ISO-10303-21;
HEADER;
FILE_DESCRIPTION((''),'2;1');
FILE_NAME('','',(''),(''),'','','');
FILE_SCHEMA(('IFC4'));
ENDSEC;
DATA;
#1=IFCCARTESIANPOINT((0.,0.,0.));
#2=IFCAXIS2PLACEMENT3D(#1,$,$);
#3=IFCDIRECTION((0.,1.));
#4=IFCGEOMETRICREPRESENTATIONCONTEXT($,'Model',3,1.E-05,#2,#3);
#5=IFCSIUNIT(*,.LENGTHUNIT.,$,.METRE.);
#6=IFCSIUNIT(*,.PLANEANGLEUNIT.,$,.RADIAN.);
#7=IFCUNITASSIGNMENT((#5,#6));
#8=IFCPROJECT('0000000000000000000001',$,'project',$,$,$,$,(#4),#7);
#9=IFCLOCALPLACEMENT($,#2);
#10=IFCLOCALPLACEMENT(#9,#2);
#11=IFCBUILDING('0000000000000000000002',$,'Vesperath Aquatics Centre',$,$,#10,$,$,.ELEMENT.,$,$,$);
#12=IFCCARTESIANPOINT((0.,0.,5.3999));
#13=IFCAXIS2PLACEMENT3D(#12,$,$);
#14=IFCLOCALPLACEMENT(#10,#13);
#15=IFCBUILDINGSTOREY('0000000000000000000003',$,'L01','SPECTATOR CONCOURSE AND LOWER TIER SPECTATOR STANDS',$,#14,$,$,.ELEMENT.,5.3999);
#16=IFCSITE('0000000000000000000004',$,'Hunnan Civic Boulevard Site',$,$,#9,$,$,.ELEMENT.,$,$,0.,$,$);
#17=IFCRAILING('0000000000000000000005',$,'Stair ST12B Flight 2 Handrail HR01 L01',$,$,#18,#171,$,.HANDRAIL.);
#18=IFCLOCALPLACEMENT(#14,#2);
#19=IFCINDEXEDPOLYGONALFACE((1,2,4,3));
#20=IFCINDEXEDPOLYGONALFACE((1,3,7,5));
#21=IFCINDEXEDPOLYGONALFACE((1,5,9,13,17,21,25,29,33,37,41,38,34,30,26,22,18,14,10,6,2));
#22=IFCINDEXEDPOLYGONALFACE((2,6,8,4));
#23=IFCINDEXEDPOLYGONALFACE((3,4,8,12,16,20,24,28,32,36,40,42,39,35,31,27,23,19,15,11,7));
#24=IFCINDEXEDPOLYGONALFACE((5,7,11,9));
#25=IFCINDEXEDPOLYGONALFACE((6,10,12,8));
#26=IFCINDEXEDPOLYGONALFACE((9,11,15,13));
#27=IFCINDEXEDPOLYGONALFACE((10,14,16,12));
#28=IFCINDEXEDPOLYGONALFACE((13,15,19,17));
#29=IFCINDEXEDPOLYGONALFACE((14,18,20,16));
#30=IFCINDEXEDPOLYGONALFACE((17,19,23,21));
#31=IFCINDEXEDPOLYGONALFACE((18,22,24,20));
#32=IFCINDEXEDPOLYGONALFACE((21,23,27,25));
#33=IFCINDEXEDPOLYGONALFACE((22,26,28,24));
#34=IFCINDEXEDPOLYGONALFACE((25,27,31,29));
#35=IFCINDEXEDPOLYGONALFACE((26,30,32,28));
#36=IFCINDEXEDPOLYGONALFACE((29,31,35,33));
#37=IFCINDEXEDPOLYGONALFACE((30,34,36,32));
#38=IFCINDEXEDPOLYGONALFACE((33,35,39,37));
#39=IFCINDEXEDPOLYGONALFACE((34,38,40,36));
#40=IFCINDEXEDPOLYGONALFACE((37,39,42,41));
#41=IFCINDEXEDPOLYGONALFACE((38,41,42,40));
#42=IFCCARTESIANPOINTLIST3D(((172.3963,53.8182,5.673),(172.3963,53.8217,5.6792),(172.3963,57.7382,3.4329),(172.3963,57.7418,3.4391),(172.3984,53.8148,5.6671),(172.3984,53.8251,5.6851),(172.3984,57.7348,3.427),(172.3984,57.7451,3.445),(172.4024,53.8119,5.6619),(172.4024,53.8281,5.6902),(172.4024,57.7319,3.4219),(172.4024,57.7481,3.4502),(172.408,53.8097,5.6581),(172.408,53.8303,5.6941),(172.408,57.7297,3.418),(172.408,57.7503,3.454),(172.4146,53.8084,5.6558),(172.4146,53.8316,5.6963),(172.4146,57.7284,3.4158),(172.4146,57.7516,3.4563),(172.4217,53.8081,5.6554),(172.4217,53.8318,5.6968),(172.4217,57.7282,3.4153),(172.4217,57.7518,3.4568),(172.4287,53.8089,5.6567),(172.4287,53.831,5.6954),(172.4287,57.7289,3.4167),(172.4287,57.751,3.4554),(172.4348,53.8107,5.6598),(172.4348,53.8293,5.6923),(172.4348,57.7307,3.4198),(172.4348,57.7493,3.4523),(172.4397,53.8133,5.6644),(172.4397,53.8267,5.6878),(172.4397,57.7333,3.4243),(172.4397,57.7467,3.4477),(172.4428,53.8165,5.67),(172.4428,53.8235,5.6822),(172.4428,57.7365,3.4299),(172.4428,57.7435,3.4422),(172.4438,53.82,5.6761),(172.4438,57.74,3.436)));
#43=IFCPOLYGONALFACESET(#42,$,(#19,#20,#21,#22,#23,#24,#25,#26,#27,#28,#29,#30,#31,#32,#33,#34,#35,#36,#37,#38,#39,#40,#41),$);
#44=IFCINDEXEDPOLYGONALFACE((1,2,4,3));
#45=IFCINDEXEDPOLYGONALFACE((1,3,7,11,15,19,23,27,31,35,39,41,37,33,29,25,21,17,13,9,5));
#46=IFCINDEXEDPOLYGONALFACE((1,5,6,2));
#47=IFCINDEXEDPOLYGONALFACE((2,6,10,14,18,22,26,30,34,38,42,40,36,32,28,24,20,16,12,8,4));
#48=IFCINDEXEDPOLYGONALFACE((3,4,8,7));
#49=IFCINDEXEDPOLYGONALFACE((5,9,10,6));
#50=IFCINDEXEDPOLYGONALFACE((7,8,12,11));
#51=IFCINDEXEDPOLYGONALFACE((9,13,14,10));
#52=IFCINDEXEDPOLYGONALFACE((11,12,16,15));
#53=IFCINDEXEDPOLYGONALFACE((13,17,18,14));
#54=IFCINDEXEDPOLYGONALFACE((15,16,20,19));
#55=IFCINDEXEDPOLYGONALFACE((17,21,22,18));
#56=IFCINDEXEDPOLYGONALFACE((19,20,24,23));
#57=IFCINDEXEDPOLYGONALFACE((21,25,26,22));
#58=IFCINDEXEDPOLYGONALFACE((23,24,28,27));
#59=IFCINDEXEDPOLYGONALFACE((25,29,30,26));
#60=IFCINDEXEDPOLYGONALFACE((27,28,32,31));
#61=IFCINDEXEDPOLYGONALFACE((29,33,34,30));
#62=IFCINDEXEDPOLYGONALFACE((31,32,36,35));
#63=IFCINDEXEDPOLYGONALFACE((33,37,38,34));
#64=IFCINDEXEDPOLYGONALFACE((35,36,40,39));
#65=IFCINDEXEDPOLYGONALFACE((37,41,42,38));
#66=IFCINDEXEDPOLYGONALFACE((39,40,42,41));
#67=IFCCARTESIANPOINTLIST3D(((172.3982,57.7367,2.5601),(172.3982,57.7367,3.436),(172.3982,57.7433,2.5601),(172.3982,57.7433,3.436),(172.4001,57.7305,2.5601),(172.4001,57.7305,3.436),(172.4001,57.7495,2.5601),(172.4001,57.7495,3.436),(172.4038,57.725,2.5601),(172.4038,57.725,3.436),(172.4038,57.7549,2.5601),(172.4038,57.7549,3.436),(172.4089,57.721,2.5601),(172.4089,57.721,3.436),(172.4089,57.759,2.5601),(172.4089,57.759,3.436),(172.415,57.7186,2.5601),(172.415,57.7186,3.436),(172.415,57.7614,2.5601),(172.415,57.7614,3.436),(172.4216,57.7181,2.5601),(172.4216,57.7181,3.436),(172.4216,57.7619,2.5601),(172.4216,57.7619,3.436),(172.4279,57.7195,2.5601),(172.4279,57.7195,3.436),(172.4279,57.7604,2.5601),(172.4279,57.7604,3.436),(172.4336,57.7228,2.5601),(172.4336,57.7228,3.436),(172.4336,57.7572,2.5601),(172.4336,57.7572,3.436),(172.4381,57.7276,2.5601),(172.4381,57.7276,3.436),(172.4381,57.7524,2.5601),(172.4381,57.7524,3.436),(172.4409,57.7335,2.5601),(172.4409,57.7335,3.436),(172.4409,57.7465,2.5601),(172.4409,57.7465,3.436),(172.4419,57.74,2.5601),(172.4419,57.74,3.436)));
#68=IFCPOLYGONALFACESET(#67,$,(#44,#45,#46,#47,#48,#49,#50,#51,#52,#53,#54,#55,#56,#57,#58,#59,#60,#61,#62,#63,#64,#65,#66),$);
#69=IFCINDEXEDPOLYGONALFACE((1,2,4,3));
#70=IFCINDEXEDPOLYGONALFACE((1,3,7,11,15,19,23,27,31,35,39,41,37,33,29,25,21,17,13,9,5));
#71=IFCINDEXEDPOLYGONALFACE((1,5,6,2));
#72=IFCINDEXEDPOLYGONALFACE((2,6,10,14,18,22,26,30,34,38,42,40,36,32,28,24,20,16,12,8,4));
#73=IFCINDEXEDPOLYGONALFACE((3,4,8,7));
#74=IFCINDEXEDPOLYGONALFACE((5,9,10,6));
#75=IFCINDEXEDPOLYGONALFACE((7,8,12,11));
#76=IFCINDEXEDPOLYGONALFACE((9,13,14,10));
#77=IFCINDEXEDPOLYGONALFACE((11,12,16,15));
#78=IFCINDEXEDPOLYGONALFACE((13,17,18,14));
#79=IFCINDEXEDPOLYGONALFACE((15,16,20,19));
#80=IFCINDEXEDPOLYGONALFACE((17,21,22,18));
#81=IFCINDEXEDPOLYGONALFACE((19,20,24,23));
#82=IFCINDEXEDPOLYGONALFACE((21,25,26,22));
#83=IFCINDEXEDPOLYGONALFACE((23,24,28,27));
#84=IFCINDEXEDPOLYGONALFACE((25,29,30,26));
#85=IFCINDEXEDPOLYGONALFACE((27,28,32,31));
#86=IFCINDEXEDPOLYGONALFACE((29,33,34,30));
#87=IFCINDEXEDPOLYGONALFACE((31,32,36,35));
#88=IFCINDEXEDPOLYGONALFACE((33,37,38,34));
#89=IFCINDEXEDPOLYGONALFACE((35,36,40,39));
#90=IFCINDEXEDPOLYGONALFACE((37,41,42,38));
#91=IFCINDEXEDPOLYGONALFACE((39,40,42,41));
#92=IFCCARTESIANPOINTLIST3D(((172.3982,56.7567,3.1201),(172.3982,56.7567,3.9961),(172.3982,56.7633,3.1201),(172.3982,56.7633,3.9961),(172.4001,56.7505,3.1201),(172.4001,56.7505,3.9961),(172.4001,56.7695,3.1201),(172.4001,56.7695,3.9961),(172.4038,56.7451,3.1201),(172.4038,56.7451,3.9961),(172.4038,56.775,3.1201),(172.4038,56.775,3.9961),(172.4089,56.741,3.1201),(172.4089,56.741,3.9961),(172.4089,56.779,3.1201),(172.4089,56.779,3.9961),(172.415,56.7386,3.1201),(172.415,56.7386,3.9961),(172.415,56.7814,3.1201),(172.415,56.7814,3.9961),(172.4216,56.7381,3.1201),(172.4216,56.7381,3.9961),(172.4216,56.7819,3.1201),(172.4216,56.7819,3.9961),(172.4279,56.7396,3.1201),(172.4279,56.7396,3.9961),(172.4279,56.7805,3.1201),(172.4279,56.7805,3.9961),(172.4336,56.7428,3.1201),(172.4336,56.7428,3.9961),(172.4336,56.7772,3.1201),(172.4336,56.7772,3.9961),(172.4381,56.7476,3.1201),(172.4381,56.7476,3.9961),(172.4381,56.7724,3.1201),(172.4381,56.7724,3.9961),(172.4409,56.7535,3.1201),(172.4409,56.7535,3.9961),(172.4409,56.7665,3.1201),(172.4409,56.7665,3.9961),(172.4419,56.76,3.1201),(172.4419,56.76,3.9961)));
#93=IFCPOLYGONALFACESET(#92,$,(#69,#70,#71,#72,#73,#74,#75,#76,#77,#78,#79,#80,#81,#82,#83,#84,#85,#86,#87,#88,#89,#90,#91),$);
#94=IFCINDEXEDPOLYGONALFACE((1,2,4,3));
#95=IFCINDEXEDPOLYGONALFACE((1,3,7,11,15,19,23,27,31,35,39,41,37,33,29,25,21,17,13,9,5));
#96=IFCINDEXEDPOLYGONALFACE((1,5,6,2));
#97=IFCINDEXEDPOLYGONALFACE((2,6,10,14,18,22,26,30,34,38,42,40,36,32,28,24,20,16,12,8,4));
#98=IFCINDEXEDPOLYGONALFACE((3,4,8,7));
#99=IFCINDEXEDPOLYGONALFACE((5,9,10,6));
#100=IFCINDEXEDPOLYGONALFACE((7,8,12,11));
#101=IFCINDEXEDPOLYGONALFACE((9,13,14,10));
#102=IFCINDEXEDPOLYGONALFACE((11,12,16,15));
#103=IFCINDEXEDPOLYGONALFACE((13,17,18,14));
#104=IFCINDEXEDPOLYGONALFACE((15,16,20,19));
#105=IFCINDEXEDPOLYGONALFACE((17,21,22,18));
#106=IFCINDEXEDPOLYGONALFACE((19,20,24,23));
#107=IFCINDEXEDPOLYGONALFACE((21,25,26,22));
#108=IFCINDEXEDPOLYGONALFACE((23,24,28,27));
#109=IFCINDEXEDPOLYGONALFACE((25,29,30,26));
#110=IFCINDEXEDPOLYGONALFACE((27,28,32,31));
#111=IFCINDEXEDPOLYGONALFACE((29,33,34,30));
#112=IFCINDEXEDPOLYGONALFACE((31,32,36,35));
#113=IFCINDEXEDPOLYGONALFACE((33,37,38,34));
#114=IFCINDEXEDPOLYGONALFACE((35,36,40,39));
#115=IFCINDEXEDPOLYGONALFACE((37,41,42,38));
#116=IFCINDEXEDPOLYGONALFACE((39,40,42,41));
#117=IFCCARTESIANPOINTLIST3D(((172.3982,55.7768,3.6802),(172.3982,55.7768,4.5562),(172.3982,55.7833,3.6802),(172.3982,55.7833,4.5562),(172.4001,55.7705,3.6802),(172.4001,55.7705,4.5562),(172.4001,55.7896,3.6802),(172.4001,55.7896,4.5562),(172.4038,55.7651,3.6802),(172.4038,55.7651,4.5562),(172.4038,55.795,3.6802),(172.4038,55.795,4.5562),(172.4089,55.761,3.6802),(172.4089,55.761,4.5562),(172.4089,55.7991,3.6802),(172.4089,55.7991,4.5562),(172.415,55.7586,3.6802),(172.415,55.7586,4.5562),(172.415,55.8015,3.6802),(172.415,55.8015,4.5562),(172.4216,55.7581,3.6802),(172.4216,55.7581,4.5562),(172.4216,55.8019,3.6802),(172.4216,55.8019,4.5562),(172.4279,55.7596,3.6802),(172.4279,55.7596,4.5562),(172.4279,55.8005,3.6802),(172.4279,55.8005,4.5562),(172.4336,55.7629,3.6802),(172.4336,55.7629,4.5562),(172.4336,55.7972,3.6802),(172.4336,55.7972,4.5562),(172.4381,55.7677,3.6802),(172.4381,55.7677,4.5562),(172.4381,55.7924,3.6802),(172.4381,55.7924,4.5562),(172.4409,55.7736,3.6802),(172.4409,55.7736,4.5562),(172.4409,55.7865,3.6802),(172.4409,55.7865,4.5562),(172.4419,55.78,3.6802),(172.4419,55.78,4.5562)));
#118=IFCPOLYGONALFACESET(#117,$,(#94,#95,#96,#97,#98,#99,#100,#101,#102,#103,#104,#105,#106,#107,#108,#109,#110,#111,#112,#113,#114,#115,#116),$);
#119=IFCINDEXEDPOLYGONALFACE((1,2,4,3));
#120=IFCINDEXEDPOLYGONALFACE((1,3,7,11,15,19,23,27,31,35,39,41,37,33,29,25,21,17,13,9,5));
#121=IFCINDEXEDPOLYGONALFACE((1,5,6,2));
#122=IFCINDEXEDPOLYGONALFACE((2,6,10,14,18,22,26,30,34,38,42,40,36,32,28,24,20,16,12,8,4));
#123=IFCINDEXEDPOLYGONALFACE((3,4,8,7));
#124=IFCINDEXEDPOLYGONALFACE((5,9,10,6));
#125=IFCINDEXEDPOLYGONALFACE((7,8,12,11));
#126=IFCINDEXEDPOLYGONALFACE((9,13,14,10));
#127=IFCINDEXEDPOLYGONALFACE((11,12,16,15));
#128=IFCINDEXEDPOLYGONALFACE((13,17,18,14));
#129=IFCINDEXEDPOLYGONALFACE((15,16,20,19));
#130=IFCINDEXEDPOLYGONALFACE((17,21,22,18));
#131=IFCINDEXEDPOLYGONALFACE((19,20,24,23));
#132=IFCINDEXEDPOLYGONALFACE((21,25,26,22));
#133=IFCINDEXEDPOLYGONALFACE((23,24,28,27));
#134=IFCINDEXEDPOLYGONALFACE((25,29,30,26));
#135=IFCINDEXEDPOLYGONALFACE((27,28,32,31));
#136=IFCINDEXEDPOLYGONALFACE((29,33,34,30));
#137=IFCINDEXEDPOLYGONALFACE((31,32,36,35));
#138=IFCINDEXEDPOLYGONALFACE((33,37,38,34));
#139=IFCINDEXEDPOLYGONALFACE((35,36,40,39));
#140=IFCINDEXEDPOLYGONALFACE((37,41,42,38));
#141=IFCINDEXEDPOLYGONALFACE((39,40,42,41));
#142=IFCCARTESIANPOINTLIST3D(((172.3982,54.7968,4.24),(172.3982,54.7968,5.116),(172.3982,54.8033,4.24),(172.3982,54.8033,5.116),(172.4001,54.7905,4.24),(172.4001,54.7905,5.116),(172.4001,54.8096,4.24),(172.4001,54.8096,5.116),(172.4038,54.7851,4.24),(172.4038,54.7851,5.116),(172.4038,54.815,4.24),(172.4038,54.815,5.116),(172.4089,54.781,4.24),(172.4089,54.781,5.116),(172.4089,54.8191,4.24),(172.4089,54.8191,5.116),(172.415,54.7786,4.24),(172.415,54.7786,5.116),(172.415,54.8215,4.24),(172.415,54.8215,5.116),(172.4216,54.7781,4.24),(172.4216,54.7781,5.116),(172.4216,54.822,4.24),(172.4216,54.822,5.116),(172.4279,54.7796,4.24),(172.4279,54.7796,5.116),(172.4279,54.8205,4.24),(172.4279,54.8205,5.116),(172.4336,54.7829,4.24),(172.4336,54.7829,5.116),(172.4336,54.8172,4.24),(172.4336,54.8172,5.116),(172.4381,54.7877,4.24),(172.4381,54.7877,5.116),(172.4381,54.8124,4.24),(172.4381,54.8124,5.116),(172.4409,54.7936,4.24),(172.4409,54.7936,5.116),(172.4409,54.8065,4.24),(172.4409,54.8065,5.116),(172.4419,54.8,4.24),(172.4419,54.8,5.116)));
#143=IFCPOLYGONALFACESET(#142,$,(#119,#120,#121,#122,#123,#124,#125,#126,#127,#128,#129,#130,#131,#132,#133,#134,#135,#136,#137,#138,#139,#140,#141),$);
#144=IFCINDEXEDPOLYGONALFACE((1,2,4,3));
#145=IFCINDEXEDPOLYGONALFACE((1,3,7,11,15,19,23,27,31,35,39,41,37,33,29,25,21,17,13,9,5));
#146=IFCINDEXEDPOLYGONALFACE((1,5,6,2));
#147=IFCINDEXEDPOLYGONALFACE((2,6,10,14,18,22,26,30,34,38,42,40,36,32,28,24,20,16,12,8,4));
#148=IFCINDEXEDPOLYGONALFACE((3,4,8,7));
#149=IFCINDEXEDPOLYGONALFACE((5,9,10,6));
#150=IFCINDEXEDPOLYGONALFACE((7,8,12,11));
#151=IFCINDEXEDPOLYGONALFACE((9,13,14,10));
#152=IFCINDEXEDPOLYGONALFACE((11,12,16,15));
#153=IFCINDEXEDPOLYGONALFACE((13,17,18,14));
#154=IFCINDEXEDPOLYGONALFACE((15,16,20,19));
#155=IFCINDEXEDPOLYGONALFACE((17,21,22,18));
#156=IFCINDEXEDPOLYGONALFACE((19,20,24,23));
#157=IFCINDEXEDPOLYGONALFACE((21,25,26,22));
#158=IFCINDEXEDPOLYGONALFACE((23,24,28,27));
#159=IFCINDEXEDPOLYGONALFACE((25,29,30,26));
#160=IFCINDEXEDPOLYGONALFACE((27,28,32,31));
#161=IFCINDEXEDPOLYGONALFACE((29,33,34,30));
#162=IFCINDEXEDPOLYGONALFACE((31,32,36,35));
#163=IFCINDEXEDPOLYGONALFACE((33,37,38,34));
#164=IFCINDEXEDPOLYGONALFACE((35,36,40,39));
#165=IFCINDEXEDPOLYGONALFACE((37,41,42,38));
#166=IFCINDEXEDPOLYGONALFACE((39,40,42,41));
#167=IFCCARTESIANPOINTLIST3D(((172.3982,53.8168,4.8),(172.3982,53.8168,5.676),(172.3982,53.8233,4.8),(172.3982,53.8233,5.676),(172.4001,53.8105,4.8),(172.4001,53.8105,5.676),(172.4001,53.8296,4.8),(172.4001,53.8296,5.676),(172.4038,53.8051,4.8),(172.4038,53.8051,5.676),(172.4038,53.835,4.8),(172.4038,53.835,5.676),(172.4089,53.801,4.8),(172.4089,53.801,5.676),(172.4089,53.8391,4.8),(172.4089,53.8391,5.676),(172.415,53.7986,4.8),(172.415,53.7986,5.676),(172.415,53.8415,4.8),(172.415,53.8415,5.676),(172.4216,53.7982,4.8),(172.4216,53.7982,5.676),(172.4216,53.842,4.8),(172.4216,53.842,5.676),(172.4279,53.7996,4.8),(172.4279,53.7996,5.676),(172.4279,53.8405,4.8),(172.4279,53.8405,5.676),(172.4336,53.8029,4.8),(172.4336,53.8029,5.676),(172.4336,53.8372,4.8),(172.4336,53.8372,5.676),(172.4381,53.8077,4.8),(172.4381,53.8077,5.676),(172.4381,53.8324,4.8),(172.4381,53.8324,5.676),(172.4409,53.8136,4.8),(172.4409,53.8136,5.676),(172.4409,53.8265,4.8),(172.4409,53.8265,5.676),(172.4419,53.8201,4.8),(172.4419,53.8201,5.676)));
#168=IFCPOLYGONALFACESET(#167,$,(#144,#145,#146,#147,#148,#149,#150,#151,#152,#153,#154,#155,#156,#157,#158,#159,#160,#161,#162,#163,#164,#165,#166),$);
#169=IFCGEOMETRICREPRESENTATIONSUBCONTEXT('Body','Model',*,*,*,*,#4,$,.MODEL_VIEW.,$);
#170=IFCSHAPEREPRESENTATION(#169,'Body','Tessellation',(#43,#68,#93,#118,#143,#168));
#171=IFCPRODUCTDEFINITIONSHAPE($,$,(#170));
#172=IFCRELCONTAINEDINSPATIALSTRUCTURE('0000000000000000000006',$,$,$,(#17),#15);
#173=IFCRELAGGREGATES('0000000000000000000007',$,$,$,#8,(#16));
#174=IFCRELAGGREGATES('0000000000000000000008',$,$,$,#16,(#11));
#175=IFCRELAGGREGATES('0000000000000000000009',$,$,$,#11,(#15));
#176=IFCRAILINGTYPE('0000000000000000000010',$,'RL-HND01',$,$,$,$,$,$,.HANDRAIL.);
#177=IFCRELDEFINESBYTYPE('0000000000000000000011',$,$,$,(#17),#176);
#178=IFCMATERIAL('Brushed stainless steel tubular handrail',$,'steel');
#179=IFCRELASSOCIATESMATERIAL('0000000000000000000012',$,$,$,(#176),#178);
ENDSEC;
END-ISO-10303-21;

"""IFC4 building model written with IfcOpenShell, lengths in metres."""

from ifc_helpers import new_model, si_unit, direction, frame, origin, origin_2d, place, context, subcontext, project, spatial, circle, extrude, material, type_object, element, save


model = new_model("IFC4")

# Units and contexts
model_context = context("Model", 3, precision=1e-05, world=origin(), true_north=direction((0.0, 1.0)))
body_context = subcontext(model_context, "Body", "Model", "MODEL_VIEW")
ifc_project = project(units=[si_unit("LENGTHUNIT", "METRE"), si_unit("PLANEANGLEUNIT", "RADIAN")], contexts=[model_context])

# Site, building, storey
site_placement = place(None, origin())
site = spatial("IfcSite", under=ifc_project, at=site_placement, Name="Hunnan Civic Boulevard Site", CompositionType="ELEMENT", RefElevation=0.0)
building_placement = place(site_placement, origin())
building = spatial("IfcBuilding", under=site, at=building_placement, Name="Vesperath Aquatics Centre", CompositionType="ELEMENT")
storey_placement = place(building_placement, frame((0.0, 0.0, 5.3999)))
storey = spatial("IfcBuildingStorey", under=building, at=storey_placement, Name="L01", Description="SPECTATOR CONCOURSE AND LOWER TIER SPECTATOR STANDS", CompositionType="ELEMENT", Elevation=5.3999)

# Railing
ifc_material_1 = material(Name="Brushed stainless steel tubular handrail", Category="steel")
railing_type_1 = type_object("IfcRailingType", Name="RL-HND01", PredefinedType="HANDRAIL", material=ifc_material_1)
railing_1_placement = place(storey_placement, frame((172.4199, 57.74, 2.5601)))
element("IfcRailing", 1, at=railing_1_placement, inside=storey, type_object=railing_type_1, Name="Stair ST12B Flight 2 Handrail HR01 L01", PredefinedType="HANDRAIL", context=body_context, shape_type="SweptSolid", body=[
    extrude(circle(Radius=0.0239, at=origin_2d()), frame((0.0, 0.0, 0.876), z_axis=(0.0, -0.86824, 0.496145), x_axis=(1.0, 0.0, 0.0)), (0.0, 0.0, 1.0), 4.5149),
    extrude(circle(Radius=0.022, at=origin_2d()), origin(), (0.0, 0.0, 1.0), 0.876),
    extrude(circle(Radius=0.022, at=origin_2d()), frame((0.0, -0.98, 0.5601)), (0.0, 0.0, 1.0), 0.876),
    extrude(circle(Radius=0.022, at=origin_2d()), frame((0.0, -1.96, 1.1201)), (0.0, 0.0, 1.0), 0.876),
    extrude(circle(Radius=0.022, at=origin_2d()), frame((0.0, -2.9399, 1.6799)), (0.0, 0.0, 1.0), 0.876),
    extrude(circle(Radius=0.022, at=origin_2d()), frame((0.0, -3.9199, 2.24)), (0.0, 0.0, 1.0), 0.876),
])

save(model, "model.ifc")
